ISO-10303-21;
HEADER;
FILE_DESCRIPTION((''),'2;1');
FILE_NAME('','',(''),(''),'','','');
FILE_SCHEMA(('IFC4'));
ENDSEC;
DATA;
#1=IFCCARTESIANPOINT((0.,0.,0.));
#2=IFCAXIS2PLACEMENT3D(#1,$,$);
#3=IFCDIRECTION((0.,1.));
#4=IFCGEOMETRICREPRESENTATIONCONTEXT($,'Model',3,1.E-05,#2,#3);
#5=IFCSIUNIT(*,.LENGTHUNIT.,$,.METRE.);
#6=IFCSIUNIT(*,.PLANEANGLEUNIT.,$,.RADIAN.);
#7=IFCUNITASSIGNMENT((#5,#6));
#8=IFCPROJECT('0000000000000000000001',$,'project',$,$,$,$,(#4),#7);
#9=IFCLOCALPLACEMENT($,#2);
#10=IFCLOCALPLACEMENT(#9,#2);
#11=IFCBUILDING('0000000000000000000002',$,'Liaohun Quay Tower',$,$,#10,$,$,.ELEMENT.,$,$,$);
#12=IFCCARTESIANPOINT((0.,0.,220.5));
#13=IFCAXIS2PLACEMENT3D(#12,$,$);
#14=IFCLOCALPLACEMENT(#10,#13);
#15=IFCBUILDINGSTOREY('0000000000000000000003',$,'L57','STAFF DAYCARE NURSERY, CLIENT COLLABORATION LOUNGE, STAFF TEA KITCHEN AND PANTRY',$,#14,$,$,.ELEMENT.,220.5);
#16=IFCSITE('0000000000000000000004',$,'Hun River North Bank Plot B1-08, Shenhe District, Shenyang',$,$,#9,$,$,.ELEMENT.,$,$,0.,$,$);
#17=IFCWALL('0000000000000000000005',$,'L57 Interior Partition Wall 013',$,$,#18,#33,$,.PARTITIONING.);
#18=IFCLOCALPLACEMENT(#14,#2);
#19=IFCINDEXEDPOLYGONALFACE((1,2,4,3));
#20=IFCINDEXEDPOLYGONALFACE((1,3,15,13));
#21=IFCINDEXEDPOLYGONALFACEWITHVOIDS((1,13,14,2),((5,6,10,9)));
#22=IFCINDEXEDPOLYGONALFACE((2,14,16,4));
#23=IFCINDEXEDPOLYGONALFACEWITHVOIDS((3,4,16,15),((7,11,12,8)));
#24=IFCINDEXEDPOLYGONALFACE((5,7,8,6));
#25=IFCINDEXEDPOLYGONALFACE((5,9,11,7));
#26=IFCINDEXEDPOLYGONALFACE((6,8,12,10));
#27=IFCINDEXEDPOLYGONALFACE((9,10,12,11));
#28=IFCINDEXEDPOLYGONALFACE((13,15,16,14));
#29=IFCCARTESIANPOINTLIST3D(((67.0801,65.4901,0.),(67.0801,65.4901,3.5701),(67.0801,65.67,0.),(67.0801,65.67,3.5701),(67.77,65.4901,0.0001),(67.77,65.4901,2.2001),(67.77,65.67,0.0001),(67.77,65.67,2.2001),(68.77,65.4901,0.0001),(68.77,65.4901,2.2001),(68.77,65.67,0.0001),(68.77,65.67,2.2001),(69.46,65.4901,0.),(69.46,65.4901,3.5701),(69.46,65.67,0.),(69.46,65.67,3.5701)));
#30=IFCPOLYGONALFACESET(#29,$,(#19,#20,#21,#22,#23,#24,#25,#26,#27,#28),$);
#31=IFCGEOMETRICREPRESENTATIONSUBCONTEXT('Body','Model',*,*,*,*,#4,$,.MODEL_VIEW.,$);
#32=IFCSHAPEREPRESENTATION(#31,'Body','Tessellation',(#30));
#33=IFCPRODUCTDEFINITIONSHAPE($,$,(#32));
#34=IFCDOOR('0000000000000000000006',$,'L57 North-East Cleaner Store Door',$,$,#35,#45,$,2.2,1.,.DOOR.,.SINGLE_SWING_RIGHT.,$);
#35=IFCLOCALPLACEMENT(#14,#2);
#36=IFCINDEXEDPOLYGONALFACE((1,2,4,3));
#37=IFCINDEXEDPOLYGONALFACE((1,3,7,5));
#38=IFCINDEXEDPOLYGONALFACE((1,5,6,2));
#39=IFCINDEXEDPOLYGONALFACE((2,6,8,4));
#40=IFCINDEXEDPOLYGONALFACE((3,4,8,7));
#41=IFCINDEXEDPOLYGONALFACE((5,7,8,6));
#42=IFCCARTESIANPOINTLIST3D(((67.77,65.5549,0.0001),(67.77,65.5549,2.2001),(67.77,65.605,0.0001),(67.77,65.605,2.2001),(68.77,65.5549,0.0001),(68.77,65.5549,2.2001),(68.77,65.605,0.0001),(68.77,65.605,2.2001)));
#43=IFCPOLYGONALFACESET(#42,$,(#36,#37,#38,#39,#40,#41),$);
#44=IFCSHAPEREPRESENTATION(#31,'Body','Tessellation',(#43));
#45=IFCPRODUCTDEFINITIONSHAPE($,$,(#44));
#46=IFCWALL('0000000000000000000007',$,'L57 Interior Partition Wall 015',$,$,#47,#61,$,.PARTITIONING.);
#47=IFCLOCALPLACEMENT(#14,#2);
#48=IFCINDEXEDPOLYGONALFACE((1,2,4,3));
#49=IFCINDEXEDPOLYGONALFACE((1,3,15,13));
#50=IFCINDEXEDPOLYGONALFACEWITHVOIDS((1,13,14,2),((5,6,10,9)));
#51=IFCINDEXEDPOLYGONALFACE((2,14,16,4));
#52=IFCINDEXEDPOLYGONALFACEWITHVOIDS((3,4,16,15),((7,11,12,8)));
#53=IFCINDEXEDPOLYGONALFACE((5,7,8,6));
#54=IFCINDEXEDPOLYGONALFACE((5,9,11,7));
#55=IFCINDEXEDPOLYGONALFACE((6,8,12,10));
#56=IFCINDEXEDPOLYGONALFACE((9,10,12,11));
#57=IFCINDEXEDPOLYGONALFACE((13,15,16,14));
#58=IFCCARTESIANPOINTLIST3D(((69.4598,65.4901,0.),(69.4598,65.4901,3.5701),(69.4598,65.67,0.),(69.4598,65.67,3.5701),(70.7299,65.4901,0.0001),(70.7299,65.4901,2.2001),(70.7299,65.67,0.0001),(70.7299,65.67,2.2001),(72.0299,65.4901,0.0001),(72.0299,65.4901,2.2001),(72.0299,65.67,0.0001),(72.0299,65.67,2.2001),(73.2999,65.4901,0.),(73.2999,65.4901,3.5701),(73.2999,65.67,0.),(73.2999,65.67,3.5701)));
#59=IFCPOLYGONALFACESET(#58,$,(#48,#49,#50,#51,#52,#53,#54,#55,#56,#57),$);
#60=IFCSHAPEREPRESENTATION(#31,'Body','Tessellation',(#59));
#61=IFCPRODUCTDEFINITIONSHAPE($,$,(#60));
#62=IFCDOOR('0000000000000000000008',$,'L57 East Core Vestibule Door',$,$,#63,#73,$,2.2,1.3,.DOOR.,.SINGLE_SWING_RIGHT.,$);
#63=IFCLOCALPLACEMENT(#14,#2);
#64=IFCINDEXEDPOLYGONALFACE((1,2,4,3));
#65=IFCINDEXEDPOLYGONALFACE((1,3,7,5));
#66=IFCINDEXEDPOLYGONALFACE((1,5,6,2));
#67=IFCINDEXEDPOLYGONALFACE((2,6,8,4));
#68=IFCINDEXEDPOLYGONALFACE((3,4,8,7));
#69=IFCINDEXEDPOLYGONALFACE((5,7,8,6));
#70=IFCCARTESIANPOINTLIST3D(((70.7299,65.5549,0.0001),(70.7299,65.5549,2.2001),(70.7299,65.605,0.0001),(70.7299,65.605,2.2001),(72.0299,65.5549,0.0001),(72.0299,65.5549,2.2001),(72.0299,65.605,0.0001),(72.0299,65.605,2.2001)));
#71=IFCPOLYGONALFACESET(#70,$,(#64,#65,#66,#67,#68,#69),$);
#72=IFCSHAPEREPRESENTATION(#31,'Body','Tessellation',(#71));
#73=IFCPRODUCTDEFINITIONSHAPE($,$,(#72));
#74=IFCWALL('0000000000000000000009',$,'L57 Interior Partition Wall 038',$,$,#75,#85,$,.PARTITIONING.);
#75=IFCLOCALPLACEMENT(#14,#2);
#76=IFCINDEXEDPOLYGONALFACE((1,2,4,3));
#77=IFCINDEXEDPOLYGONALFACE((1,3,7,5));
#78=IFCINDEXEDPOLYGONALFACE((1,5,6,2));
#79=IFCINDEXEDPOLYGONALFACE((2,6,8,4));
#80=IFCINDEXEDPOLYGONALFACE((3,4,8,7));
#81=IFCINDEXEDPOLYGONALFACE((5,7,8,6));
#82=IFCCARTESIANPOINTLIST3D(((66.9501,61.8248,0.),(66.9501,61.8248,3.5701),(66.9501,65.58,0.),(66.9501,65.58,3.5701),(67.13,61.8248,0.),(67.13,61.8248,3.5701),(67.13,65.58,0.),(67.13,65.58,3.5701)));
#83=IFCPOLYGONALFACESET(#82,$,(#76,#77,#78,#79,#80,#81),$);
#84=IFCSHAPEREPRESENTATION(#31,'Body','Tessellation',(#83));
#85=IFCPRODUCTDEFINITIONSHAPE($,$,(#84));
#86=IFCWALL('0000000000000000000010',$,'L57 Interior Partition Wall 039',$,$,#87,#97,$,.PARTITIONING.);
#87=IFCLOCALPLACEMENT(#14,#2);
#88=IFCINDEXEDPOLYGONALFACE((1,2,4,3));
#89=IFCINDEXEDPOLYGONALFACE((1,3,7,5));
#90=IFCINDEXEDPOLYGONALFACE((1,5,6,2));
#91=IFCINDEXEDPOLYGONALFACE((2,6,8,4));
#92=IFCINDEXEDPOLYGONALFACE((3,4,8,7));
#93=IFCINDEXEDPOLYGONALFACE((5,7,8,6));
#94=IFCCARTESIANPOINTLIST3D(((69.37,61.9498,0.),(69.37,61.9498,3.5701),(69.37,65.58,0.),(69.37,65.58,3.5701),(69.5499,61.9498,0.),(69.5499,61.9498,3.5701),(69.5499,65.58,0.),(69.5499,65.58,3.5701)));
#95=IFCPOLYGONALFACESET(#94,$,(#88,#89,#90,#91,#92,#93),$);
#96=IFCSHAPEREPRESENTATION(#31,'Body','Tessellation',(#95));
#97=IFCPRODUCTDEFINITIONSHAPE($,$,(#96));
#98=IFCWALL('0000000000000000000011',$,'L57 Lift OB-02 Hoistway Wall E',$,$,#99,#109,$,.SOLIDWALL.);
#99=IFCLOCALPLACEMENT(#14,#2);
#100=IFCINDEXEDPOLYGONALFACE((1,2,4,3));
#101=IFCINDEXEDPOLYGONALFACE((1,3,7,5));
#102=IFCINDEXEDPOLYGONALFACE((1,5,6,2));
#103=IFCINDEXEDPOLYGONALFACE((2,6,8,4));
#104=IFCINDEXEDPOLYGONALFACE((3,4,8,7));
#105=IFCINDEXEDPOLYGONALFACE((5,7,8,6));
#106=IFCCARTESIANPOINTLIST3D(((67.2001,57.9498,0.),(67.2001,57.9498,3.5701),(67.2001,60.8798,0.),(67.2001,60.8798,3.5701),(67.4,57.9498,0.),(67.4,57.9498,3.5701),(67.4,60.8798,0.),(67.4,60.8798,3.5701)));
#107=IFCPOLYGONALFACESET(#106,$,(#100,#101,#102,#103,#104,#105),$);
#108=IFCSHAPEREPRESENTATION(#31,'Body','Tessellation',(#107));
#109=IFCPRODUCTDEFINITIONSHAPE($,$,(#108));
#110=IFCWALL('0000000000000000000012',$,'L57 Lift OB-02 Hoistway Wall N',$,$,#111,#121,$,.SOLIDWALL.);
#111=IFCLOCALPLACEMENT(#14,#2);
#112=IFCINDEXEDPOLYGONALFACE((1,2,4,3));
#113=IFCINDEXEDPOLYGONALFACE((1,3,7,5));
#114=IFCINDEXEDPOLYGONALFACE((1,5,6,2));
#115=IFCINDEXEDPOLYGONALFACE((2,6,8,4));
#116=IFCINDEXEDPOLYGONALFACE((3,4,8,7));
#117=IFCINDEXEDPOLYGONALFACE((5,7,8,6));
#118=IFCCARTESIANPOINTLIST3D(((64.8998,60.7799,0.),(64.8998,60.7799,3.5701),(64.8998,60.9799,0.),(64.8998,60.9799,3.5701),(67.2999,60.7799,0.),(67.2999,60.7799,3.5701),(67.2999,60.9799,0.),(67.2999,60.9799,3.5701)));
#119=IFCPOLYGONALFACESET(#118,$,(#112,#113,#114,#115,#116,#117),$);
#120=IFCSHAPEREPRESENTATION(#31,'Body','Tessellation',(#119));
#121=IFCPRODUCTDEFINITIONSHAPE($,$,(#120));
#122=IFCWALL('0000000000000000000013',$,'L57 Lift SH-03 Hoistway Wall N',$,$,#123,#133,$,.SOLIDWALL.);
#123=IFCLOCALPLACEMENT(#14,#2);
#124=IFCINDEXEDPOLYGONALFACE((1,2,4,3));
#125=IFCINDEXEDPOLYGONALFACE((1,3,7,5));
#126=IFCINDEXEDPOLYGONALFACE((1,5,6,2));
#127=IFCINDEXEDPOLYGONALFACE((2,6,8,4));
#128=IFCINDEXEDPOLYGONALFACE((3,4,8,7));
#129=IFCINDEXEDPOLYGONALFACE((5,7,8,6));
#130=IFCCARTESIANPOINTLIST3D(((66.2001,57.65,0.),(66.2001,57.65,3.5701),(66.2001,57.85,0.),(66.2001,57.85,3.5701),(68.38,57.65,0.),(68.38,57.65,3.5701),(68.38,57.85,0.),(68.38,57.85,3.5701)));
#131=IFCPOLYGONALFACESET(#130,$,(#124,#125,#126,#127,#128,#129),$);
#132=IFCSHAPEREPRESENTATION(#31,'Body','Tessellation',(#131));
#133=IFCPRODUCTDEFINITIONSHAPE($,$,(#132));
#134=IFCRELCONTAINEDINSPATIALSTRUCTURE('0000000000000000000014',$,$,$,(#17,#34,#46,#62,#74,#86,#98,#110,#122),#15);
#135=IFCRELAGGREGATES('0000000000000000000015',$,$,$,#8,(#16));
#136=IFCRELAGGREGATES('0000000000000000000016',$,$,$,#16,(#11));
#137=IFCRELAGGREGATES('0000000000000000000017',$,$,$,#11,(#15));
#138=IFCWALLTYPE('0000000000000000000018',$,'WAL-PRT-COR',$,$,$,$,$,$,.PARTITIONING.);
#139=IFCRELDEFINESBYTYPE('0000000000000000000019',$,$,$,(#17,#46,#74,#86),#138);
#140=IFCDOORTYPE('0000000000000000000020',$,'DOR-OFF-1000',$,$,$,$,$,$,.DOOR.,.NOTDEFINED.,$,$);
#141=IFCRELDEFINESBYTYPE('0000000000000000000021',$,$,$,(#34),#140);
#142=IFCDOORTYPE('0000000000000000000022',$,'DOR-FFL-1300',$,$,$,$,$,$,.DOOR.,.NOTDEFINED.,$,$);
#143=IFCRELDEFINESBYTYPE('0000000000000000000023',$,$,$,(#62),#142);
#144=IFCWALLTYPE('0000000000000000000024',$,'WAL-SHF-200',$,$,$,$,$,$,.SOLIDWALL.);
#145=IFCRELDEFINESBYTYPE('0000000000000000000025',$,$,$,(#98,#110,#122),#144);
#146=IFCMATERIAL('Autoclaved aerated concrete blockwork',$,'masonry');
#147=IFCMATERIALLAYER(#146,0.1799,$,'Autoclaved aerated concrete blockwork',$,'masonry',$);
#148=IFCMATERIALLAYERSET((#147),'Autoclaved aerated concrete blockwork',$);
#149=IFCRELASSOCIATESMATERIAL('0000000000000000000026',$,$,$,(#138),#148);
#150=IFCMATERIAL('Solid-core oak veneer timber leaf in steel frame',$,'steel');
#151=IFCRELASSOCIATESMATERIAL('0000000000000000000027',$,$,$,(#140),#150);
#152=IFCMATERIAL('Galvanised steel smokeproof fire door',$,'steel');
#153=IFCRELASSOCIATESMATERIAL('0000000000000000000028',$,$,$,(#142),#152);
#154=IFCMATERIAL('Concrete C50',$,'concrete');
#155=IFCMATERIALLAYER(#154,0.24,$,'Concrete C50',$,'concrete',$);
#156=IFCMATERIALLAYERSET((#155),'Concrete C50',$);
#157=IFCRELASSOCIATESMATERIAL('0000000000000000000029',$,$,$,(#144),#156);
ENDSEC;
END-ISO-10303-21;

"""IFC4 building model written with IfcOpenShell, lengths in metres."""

from ifc_helpers import new_model, si_unit, direction, frame, frame_2d, origin, place, context, subcontext, project, spatial, rectangle, extrude, source, transform, mapped, material, layer, layer_set, type_object, element, fill, save


model = new_model("IFC4")

# Units and contexts
model_context = context("Model", 3, precision=1e-05, world=origin(), true_north=direction((0.0, 1.0)))
body_context = subcontext(model_context, "Body", "Model", "MODEL_VIEW")
ifc_project = project(units=[si_unit("LENGTHUNIT", "METRE"), si_unit("PLANEANGLEUNIT", "RADIAN")], contexts=[model_context])

# Site, building, storey
site_placement = place(None, origin())
site = spatial("IfcSite", under=ifc_project, at=site_placement, Name="Hun River North Bank Plot B1-08, Shenhe District, Shenyang", CompositionType="ELEMENT", RefElevation=0.0)
building_placement = place(site_placement, origin())
building = spatial("IfcBuilding", under=site, at=building_placement, Name="Liaohun Quay Tower", CompositionType="ELEMENT")
storey_placement = place(building_placement, frame((0.0, 0.0, 220.5)))
storey = spatial("IfcBuildingStorey", under=building, at=storey_placement, Name="L57", Description="STAFF DAYCARE NURSERY, CLIENT COLLABORATION LOUNGE, STAFF TEA KITCHEN AND PANTRY", CompositionType="ELEMENT", Elevation=220.5)

# Walls, openings, doors
ifc_material_1 = material(Name="Autoclaved aerated concrete blockwork", Category="masonry")
ifc_layer_1 = layer(ifc_material_1, 0.1799, Name="Autoclaved aerated concrete blockwork", Category="masonry")
ifc_layer_set_1 = layer_set([ifc_layer_1], Name="Autoclaved aerated concrete blockwork")
wall_type_1 = type_object("IfcWallType", Name="WAL-PRT-COR", PredefinedType="PARTITIONING", material=ifc_layer_set_1)
wall_1_placement = place(storey_placement, frame((67.0801, 65.5801, 0.0), z_axis=(0.0, 0.0, 1.0), x_axis=(1.0, 0.0, 0.0)))
wall_1 = element("IfcWall", 1, at=wall_1_placement, inside=storey, type_object=wall_type_1, Name="L57 Interior Partition Wall 013", PredefinedType="PARTITIONING", context=body_context, shape_type="SweptSolid", body=[
    extrude(rectangle(XDim=2.3799, YDim=0.1799, at=frame_2d((1.1899, 0.0))), origin(), (0.0, 0.0, 1.0), 3.5701),
])
shared_shape_1 = source(origin(), body_context, "Body", "SweptSolid", [
    extrude(rectangle(XDim=1.0, YDim=2.2, at=frame_2d((0.5, 1.1001))), frame((0.0, 0.0999, 0.0), z_axis=(0.0, -1.0, 0.0), x_axis=(1.0, 0.0, 0.0)), (0.0, 0.0, 1.0), 0.2),
])
opening_1_placement = place(wall_1_placement, frame((0.6899, 0.0, 0.0)))
opening_1 = element("IfcOpeningElement", 2, at=opening_1_placement, cuts=wall_1, PredefinedType="OPENING", context=body_context, shape_type="MappedRepresentation", body=[
    mapped(shared_shape_1, transform((0.0, 0.0, 0.0), x_axis=(1.0, 0.0, 0.0), y_axis=(0.0, 1.0, 0.0), z_axis=(0.0, 0.0, 1.0), scale=1.0)),
])
ifc_material_2 = material(Name="Solid-core oak veneer timber leaf in steel frame", Category="steel")
door_type_1 = type_object("IfcDoorType", Name="DOR-OFF-1000", OperationType="NOTDEFINED", PredefinedType="DOOR", material=ifc_material_2)
shared_shape_2 = source(origin(), body_context, "Body", "SweptSolid", [
    extrude(rectangle(XDim=1.0, YDim=2.2, at=frame_2d((0.5, 1.1001))), frame((0.0, 0.0249, 0.0), z_axis=(0.0, -1.0, 0.0), x_axis=(1.0, 0.0, 0.0)), (0.0, 0.0, 1.0), 0.05),
])
door_1_placement = place(opening_1_placement, origin())
door_1 = element("IfcDoor", 3, at=door_1_placement, inside=storey, type_object=door_type_1, Name="L57 North-East Cleaner Store Door", OperationType="SINGLE_SWING_RIGHT", OverallHeight=2.2, OverallWidth=1.0, PredefinedType="DOOR", context=body_context, shape_type="MappedRepresentation", body=[
    mapped(shared_shape_2, transform((0.0, 0.0, 0.0), x_axis=(1.0, 0.0, 0.0), y_axis=(0.0, 1.0, 0.0), z_axis=(0.0, 0.0, 1.0), scale=1.0)),
])
fill(opening_1, door_1)
wall_2_placement = place(storey_placement, frame((69.46, 65.5801, 0.0), z_axis=(0.0, 0.0, 1.0), x_axis=(1.0, 0.0, 0.0)))
wall_2 = element("IfcWall", 4, at=wall_2_placement, inside=storey, type_object=wall_type_1, Name="L57 Interior Partition Wall 015", PredefinedType="PARTITIONING", context=body_context, shape_type="SweptSolid", body=[
    extrude(rectangle(XDim=3.8401, YDim=0.1799, at=frame_2d((1.9199, 0.0))), origin(), (0.0, 0.0, 1.0), 3.5701),
])
shared_shape_3 = source(origin(), body_context, "Body", "SweptSolid", [
    extrude(rectangle(XDim=1.3, YDim=2.2, at=frame_2d((0.6499, 1.1001))), frame((0.0, 0.0999, 0.0), z_axis=(0.0, -1.0, 0.0), x_axis=(1.0, 0.0, 0.0)), (0.0, 0.0, 1.0), 0.2),
])
opening_2_placement = place(wall_2_placement, frame((1.27, 0.0, 0.0)))
opening_2 = element("IfcOpeningElement", 5, at=opening_2_placement, cuts=wall_2, PredefinedType="OPENING", context=body_context, shape_type="MappedRepresentation", body=[
    mapped(shared_shape_3, transform((0.0, 0.0, 0.0), x_axis=(1.0, 0.0, 0.0), y_axis=(0.0, 1.0, 0.0), z_axis=(0.0, 0.0, 1.0), scale=1.0)),
])
ifc_material_3 = material(Name="Galvanised steel smokeproof fire door", Category="steel")
door_type_2 = type_object("IfcDoorType", Name="DOR-FFL-1300", OperationType="NOTDEFINED", PredefinedType="DOOR", material=ifc_material_3)
shared_shape_4 = source(origin(), body_context, "Body", "SweptSolid", [
    extrude(rectangle(XDim=1.3, YDim=2.2, at=frame_2d((0.6499, 1.1001))), frame((0.0, 0.0249, 0.0), z_axis=(0.0, -1.0, 0.0), x_axis=(1.0, 0.0, 0.0)), (0.0, 0.0, 1.0), 0.05),
])
door_2_placement = place(opening_2_placement, origin())
door_2 = element("IfcDoor", 6, at=door_2_placement, inside=storey, type_object=door_type_2, Name="L57 East Core Vestibule Door", OperationType="SINGLE_SWING_RIGHT", OverallHeight=2.2, OverallWidth=1.3, PredefinedType="DOOR", context=body_context, shape_type="MappedRepresentation", body=[
    mapped(shared_shape_4, transform((0.0, 0.0, 0.0), x_axis=(1.0, 0.0, 0.0), y_axis=(0.0, 1.0, 0.0), z_axis=(0.0, 0.0, 1.0), scale=1.0)),
])
fill(opening_2, door_2)

# Walls
wall_3_placement = place(storey_placement, frame((67.04, 61.825, 0.0), z_axis=(0.0, 0.0, 1.0), x_axis=(0.0, 1.0, 0.0)))
element("IfcWall", 7, at=wall_3_placement, inside=storey, type_object=wall_type_1, Name="L57 Interior Partition Wall 038", PredefinedType="PARTITIONING", context=body_context, shape_type="SweptSolid", body=[
    extrude(rectangle(XDim=3.7551, YDim=0.1799, at=frame_2d((1.8774, 0.0))), origin(), (0.0, 0.0, 1.0), 3.5701),
])
wall_4_placement = place(storey_placement, frame((69.46, 61.95, 0.0), z_axis=(0.0, 0.0, 1.0), x_axis=(0.0, 1.0, 0.0)))
element("IfcWall", 8, at=wall_4_placement, inside=storey, type_object=wall_type_1, Name="L57 Interior Partition Wall 039", PredefinedType="PARTITIONING", context=body_context, shape_type="SweptSolid", body=[
    extrude(rectangle(XDim=3.6301, YDim=0.1799, at=frame_2d((1.8149, 0.0))), origin(), (0.0, 0.0, 1.0), 3.5701),
])
ifc_material_4 = material(Name="Concrete C50", Category="concrete")
ifc_layer_2 = layer(ifc_material_4, 0.24, Name="Concrete C50", Category="concrete")
ifc_layer_set_2 = layer_set([ifc_layer_2], Name="Concrete C50")
wall_type_2 = type_object("IfcWallType", Name="WAL-SHF-200", PredefinedType="SOLIDWALL", material=ifc_layer_set_2)
wall_5_placement = place(storey_placement, frame((67.3, 57.95, 0.0), z_axis=(0.0, 0.0, 1.0), x_axis=(0.0, 1.0, 0.0)))
element("IfcWall", 9, at=wall_5_placement, inside=storey, type_object=wall_type_2, Name="L57 Lift OB-02 Hoistway Wall E", PredefinedType="SOLIDWALL", context=body_context, shape_type="SweptSolid", body=[
    extrude(rectangle(XDim=2.9299, YDim=0.2, at=frame_2d((1.4648, 0.0))), origin(), (0.0, 0.0, 1.0), 3.5701),
])
wall_6_placement = place(storey_placement, frame((67.3, 60.8799, 0.0), z_axis=(0.0, 0.0, 1.0), x_axis=(-1.0, 0.0, 0.0)))
element("IfcWall", 10, at=wall_6_placement, inside=storey, type_object=wall_type_2, Name="L57 Lift OB-02 Hoistway Wall N", PredefinedType="SOLIDWALL", context=body_context, shape_type="SweptSolid", body=[
    extrude(rectangle(XDim=2.4001, YDim=0.2, at=frame_2d((1.2002, 0.0))), origin(), (0.0, 0.0, 1.0), 3.5701),
])
wall_7_placement = place(storey_placement, frame((68.3799, 57.75, 0.0), z_axis=(0.0, 0.0, 1.0), x_axis=(-1.0, 0.0, 0.0)))
element("IfcWall", 11, at=wall_7_placement, inside=storey, type_object=wall_type_2, Name="L57 Lift SH-03 Hoistway Wall N", PredefinedType="SOLIDWALL", context=body_context, shape_type="SweptSolid", body=[
    extrude(rectangle(XDim=2.1799, YDim=0.2, at=frame_2d((1.0898, 0.0))), origin(), (0.0, 0.0, 1.0), 3.5701),
])

save(model, "model.ifc")
